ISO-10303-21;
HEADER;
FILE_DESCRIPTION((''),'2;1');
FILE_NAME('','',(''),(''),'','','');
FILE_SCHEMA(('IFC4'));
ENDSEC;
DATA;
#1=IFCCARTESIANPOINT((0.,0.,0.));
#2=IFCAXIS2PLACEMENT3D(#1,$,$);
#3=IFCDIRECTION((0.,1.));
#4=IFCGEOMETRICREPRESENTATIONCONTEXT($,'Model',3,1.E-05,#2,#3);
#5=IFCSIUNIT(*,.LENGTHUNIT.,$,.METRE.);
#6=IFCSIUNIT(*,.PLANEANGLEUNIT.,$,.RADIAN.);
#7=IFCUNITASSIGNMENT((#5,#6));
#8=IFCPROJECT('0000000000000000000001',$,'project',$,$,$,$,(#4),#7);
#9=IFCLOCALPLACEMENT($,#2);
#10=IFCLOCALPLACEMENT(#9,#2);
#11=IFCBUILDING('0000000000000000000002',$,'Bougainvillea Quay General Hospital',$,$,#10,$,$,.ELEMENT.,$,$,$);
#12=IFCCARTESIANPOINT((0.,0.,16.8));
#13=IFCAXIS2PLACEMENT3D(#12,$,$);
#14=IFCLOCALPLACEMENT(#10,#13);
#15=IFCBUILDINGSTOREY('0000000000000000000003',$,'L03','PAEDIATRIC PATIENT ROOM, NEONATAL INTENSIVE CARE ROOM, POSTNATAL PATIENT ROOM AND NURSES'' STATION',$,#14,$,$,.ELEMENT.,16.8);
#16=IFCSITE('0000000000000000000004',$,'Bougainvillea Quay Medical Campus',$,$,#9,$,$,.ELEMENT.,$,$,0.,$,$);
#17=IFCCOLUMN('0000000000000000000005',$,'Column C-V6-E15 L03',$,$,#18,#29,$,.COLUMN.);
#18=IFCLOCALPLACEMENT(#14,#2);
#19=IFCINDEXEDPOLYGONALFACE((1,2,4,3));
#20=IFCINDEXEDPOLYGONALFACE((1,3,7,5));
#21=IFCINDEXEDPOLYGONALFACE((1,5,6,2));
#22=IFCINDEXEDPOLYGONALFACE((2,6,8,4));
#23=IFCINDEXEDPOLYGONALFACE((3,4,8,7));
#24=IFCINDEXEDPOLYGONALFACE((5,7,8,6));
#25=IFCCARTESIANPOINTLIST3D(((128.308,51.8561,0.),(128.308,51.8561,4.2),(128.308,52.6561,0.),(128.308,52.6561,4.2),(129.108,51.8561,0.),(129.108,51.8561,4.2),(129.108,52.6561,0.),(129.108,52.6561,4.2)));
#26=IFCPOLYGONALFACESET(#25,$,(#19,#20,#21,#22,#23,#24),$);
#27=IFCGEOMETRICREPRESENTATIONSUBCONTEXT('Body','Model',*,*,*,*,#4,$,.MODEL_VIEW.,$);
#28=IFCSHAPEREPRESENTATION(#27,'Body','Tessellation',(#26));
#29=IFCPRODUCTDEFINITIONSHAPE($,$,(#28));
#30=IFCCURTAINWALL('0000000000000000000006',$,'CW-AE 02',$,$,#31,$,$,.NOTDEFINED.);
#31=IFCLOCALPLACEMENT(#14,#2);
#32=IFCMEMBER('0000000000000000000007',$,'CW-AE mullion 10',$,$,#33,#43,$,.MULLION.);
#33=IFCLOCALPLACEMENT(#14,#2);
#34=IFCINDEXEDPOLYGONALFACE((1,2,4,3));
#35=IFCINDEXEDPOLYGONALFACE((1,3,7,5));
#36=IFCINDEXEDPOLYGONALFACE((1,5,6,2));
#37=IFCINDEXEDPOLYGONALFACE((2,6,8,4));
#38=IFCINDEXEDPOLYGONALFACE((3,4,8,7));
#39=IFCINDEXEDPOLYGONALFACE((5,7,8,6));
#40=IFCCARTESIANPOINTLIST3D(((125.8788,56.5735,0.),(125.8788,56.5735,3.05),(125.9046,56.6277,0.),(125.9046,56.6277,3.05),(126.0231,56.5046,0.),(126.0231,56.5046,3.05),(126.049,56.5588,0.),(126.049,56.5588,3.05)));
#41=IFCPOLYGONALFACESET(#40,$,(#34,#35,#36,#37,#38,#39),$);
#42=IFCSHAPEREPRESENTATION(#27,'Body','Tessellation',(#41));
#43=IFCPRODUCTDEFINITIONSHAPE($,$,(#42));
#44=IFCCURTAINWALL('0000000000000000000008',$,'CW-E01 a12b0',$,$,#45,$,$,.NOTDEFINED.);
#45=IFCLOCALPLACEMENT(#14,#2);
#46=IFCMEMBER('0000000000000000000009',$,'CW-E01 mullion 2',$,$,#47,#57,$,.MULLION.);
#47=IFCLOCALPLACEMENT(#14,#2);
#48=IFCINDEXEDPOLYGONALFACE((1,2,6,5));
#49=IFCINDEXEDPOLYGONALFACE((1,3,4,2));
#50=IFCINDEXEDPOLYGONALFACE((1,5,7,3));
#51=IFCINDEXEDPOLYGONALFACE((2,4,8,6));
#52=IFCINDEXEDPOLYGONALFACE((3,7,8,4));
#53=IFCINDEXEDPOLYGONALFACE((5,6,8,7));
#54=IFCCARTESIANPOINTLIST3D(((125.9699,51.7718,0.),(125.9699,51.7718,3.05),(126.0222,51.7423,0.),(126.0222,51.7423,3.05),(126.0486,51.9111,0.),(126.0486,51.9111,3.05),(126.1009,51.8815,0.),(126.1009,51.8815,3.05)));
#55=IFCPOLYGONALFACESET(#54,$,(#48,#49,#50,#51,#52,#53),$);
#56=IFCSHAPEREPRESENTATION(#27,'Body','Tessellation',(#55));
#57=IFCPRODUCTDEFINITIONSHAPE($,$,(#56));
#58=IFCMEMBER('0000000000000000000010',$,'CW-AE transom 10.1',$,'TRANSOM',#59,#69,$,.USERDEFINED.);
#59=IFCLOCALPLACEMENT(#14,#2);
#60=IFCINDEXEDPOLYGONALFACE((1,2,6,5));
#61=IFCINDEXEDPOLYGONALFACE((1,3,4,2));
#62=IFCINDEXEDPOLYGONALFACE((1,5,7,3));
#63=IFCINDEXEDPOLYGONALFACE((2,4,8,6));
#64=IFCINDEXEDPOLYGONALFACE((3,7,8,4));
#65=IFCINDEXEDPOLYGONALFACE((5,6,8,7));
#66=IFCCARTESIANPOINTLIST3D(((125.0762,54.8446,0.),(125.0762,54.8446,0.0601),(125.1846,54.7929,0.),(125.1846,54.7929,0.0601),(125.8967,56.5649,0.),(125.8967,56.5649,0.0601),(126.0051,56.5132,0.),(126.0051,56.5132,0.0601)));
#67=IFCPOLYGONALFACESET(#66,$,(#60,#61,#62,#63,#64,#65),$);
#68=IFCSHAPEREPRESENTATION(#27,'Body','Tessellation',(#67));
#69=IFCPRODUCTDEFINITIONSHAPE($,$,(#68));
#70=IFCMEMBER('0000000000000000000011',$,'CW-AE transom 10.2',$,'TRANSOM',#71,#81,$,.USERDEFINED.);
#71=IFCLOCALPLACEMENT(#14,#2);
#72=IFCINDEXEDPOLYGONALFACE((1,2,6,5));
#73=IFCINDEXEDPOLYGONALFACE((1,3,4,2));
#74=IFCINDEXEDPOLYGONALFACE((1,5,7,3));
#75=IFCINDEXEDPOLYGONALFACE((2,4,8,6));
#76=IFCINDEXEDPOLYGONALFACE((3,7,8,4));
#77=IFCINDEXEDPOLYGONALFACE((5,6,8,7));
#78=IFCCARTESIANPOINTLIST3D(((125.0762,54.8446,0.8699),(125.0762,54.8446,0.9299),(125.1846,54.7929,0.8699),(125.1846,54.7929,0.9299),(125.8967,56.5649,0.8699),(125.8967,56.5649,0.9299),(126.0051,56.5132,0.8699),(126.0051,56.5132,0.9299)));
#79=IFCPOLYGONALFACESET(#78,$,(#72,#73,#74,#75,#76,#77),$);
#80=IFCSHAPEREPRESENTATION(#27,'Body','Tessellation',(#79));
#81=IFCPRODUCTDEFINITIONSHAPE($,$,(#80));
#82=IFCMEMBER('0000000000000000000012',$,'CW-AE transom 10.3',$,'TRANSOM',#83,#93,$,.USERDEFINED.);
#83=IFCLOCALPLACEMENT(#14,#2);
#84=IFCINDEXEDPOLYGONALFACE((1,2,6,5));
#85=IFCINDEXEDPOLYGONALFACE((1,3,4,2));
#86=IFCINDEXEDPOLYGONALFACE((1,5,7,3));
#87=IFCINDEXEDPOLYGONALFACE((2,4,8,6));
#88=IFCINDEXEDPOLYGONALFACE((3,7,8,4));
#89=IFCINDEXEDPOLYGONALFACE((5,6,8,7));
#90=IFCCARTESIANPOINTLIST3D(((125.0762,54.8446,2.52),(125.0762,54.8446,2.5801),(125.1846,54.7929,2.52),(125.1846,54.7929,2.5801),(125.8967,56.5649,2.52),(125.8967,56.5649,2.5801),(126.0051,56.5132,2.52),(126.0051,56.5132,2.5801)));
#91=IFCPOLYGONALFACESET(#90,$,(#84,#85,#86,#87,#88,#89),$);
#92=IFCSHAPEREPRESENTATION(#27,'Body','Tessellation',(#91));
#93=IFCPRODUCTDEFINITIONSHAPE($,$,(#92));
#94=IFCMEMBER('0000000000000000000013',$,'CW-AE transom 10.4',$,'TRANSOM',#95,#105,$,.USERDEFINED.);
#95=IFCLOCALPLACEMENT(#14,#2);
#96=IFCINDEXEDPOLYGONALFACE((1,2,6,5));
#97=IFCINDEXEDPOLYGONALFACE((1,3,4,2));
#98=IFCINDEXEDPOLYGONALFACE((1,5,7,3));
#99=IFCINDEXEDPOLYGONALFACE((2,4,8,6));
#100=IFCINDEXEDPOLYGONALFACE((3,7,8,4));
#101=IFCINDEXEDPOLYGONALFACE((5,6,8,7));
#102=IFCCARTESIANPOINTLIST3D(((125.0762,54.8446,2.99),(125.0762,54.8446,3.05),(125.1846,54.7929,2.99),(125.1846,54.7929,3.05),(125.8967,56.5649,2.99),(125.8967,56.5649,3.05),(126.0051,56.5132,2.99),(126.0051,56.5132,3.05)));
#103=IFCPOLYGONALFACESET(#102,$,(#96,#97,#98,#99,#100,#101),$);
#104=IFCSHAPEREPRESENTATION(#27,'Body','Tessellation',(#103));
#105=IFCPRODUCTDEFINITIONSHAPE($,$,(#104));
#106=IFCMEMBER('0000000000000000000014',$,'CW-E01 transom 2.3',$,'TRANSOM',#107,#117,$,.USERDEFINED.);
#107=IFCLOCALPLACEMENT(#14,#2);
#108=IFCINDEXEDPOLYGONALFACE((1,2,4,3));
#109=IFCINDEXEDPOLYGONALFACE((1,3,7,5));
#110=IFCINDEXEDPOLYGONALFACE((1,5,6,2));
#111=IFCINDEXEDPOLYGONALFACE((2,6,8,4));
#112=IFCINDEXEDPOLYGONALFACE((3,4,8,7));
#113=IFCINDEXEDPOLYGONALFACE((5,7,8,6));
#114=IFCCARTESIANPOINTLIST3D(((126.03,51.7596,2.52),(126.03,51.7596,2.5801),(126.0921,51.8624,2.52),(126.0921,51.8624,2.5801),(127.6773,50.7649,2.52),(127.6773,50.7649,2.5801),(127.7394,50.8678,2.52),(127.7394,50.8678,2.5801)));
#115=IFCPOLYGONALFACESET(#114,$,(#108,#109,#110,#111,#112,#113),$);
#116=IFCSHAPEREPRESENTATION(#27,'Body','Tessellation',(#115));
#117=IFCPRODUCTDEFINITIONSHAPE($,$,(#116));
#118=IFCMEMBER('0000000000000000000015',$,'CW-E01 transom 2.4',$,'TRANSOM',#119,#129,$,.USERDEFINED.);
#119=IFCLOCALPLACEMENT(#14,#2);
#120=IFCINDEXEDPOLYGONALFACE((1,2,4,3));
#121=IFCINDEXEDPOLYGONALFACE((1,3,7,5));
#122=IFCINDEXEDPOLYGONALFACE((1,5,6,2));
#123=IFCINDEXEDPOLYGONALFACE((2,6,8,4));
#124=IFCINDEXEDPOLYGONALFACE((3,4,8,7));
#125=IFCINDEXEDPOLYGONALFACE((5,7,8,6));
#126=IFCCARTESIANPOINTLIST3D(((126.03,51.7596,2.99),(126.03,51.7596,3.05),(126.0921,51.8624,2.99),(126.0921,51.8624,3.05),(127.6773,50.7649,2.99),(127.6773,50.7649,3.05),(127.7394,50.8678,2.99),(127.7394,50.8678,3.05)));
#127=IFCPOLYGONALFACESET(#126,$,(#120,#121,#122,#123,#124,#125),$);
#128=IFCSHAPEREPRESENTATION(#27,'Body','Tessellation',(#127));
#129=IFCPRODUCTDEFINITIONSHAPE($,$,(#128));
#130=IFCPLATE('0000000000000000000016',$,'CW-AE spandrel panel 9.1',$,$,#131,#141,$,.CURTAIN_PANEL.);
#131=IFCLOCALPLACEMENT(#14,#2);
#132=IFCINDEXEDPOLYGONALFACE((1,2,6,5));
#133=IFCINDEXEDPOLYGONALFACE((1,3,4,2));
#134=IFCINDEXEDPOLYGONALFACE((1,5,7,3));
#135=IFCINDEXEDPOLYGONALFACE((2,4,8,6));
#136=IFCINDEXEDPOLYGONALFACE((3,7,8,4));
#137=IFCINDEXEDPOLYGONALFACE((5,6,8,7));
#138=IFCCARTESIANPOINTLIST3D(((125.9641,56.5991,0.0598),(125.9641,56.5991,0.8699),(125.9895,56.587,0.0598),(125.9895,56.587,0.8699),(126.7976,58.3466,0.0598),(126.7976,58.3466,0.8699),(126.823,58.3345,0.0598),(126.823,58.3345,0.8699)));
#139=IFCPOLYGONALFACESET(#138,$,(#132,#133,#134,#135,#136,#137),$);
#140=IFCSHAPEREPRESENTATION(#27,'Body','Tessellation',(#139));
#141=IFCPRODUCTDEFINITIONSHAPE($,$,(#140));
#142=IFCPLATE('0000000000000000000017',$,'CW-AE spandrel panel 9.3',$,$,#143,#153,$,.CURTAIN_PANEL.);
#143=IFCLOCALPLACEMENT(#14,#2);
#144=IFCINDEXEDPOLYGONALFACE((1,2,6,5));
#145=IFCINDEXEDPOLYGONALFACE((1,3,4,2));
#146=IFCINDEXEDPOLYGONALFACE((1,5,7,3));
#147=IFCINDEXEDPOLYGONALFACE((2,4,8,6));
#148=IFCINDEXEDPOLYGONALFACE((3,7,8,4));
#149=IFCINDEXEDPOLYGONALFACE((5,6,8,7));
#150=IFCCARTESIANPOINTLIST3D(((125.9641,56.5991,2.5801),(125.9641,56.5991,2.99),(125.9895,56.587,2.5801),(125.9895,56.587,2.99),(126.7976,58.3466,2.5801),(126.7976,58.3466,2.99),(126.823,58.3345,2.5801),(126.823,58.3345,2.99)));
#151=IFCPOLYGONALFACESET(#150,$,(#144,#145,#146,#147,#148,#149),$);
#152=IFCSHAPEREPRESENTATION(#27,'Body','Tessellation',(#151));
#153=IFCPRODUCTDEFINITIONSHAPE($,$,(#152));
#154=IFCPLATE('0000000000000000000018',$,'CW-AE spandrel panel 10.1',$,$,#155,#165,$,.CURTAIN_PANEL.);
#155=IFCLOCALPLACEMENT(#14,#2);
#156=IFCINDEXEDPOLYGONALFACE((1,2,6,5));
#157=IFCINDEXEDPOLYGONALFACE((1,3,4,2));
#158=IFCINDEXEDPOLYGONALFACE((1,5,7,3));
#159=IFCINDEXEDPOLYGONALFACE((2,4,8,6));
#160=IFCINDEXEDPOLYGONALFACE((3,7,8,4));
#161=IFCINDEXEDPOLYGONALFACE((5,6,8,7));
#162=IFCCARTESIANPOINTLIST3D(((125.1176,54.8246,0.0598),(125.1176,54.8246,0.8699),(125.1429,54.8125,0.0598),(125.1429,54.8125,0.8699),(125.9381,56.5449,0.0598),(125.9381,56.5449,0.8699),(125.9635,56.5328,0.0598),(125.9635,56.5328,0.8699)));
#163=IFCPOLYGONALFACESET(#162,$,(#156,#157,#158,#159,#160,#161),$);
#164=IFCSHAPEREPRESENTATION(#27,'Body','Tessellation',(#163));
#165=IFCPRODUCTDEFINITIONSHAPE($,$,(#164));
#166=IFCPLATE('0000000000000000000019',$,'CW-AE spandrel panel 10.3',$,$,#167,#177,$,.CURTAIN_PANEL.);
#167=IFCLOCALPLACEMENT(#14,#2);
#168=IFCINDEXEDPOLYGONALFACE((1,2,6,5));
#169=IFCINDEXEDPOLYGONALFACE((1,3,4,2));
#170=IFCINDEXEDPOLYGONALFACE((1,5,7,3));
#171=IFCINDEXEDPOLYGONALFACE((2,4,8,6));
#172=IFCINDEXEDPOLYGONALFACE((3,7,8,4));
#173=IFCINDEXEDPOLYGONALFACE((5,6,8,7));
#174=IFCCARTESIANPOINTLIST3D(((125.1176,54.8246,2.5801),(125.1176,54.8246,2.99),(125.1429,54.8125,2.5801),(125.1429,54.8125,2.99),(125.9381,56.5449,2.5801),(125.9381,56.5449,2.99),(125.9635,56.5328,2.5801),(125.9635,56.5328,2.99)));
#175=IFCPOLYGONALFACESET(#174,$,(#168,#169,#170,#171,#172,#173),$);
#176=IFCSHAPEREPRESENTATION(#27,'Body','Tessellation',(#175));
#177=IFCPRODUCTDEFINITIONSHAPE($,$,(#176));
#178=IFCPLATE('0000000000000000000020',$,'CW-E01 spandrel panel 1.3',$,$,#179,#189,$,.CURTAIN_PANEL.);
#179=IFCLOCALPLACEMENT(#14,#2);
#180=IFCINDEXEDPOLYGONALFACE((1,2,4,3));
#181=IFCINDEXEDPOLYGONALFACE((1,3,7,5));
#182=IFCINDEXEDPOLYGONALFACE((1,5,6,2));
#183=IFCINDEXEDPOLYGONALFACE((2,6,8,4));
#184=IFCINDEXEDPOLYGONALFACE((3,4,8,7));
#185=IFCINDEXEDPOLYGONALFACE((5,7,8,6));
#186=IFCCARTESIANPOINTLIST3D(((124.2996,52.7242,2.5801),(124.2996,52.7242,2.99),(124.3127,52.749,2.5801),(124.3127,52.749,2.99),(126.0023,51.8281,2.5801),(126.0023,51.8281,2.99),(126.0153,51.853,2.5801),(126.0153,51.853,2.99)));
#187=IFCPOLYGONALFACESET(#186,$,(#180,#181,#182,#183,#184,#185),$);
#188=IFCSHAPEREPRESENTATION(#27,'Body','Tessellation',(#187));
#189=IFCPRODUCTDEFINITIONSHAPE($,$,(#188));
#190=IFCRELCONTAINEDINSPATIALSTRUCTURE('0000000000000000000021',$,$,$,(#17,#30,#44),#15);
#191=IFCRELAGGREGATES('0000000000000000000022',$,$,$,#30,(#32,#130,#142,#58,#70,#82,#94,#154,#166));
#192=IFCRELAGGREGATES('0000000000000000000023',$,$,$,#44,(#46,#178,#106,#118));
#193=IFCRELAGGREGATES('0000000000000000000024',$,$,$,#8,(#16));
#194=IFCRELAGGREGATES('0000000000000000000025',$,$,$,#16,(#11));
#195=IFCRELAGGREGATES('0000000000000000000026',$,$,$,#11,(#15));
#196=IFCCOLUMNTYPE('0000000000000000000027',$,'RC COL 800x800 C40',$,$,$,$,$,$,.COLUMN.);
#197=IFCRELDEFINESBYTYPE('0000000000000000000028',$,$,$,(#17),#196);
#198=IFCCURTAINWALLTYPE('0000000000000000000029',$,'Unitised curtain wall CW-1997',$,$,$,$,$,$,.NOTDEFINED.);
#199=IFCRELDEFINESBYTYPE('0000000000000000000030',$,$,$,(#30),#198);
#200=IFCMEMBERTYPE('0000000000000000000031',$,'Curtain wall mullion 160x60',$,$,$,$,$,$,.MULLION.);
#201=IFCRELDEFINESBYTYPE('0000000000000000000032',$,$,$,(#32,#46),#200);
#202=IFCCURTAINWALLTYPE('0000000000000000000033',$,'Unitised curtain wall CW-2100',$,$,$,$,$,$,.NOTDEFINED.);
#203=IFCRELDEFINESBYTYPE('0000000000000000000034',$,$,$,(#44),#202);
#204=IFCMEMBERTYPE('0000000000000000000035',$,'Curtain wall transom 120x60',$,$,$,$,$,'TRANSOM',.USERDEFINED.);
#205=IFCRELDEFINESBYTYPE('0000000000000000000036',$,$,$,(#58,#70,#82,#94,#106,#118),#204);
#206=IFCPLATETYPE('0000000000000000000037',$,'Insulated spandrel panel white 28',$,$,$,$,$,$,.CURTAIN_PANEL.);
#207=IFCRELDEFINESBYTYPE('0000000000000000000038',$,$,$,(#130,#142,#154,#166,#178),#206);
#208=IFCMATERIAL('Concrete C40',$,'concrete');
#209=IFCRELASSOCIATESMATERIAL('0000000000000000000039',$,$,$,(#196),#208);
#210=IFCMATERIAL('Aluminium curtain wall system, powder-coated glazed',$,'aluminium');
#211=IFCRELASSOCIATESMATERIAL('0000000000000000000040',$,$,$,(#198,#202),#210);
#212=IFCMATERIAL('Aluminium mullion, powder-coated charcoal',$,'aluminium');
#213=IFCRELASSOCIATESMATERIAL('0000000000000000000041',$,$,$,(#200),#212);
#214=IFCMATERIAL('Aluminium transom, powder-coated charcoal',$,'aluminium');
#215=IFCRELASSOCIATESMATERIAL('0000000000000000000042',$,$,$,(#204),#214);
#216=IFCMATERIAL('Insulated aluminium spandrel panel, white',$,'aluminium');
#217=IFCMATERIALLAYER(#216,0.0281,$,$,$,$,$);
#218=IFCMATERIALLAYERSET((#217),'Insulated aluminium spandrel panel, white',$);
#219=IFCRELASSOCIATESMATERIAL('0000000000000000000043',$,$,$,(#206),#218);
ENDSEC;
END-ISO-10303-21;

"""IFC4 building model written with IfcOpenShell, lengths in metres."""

from ifc_helpers import new_model, si_unit, direction, frame, origin, origin_2d, place, context, subcontext, project, spatial, rectangle, extrude, material, layer, layer_set, material_profile, profile_set, type_object, element, aggregate, save


model = new_model("IFC4")

# Units and contexts
model_context = context("Model", 3, precision=1e-05, world=origin(), true_north=direction((0.0, 1.0)))
body_context = subcontext(model_context, "Body", "Model", "MODEL_VIEW")
ifc_project = project(units=[si_unit("LENGTHUNIT", "METRE"), si_unit("PLANEANGLEUNIT", "RADIAN")], contexts=[model_context])

# Site, building, storey
site_placement = place(None, origin())
site = spatial("IfcSite", under=ifc_project, at=site_placement, Name="Bougainvillea Quay Medical Campus", CompositionType="ELEMENT", RefElevation=0.0)
building_placement = place(site_placement, origin())
building = spatial("IfcBuilding", under=site, at=building_placement, Name="Bougainvillea Quay General Hospital", CompositionType="ELEMENT")
storey_placement = place(building_placement, frame((0.0, 0.0, 16.8)))
storey = spatial("IfcBuildingStorey", under=building, at=storey_placement, Name="L03", Description="PAEDIATRIC PATIENT ROOM, NEONATAL INTENSIVE CARE ROOM, POSTNATAL PATIENT ROOM AND NURSES' STATION", CompositionType="ELEMENT", Elevation=16.8)

# Column
ifc_material_1 = material(Name="Concrete C40", Category="concrete")
ifc_material_profile_1 = material_profile(ifc_material_1, rectangle(XDim=0.8, YDim=0.8, at=origin_2d()))
ifc_profile_set_1 = profile_set([ifc_material_profile_1], Name="Concrete C40")
column_type = type_object("IfcColumnType", Name="RC COL 800x800 C40", PredefinedType="COLUMN", material=ifc_profile_set_1)
column_placement = place(storey_placement, frame((128.708, 52.2561, 0.0), z_axis=(0.0, 0.0, 1.0), x_axis=(1.0, 0.0, 0.0)))
element("IfcColumn", 1, at=column_placement, inside=storey, type_object=column_type, Name="Column C-V6-E15 L03", PredefinedType="COLUMN", context=body_context, shape_type="SweptSolid", body=[
    extrude(rectangle(XDim=0.8, YDim=0.8, at=origin_2d()), origin(), (0.0, 0.0, 1.0), 4.2),
])

# Curtain walls, members
ifc_material_2 = material(Name="Aluminium curtain wall system, powder-coated glazed", Category="aluminium")
curtain_wall_type_1 = type_object("IfcCurtainWallType", Name="Unitised curtain wall CW-1997", PredefinedType="NOTDEFINED", material=ifc_material_2)
curtain_wall_1_placement = place(storey_placement, origin())
curtain_wall_1 = element("IfcCurtainWall", 2, at=curtain_wall_1_placement, inside=storey, type_object=curtain_wall_type_1, Name="CW-AE 02", PredefinedType="NOTDEFINED")
ifc_material_3 = material(Name="Aluminium mullion, powder-coated charcoal", Category="aluminium")
ifc_material_profile_2 = material_profile(ifc_material_3, rectangle(XDim=0.1599, YDim=0.0601, at=origin_2d()))
ifc_profile_set_2 = profile_set([ifc_material_profile_2], Name="Aluminium mullion, powder-coated charcoal")
member_type_1 = type_object("IfcMemberType", Name="Curtain wall mullion 160x60", PredefinedType="MULLION", material=ifc_profile_set_2)
member_1_placement = place(storey_placement, frame((125.9639, 56.5662, 0.0), z_axis=(0.0, 0.0, 1.0), x_axis=(0.902578, -0.430525, 0.0)))
member_1 = element("IfcMember", 3, at=member_1_placement, type_object=member_type_1, Name="CW-AE mullion 10", PredefinedType="MULLION", context=body_context, shape_type="SweptSolid", body=[
    extrude(rectangle(XDim=0.1599, YDim=0.0601, at=origin_2d()), origin(), (0.0, 0.0, 1.0), 3.05),
])
curtain_wall_type_2 = type_object("IfcCurtainWallType", Name="Unitised curtain wall CW-2100", PredefinedType="NOTDEFINED", material=ifc_material_2)
curtain_wall_2_placement = place(storey_placement, origin())
curtain_wall_2 = element("IfcCurtainWall", 4, at=curtain_wall_2_placement, inside=storey, type_object=curtain_wall_type_2, Name="CW-E01 a12b0", PredefinedType="NOTDEFINED")
member_2_placement = place(storey_placement, frame((126.0354, 51.8267, 0.0), z_axis=(0.0, 0.0, 1.0), x_axis=(0.491545, 0.870852, 0.0)))
member_2 = element("IfcMember", 5, at=member_2_placement, type_object=member_type_1, Name="CW-E01 mullion 2", PredefinedType="MULLION", context=body_context, shape_type="SweptSolid", body=[
    extrude(rectangle(XDim=0.1599, YDim=0.0601, at=origin_2d()), origin(), (0.0, 0.0, 1.0), 3.05),
])

# Members
ifc_material_4 = material(Name="Aluminium transom, powder-coated charcoal", Category="aluminium")
ifc_material_profile_3 = material_profile(ifc_material_4, rectangle(XDim=0.1201, YDim=0.0601, at=origin_2d()))
ifc_profile_set_3 = profile_set([ifc_material_profile_3], Name="Aluminium transom, powder-coated charcoal")
member_type_2 = type_object("IfcMemberType", Name="Curtain wall transom 120x60", ElementType="TRANSOM", PredefinedType="USERDEFINED", material=ifc_profile_set_3)
member_3_placement = place(storey_placement, frame((125.9509, 56.5391, 0.03), z_axis=(-0.430485, -0.902598, 0.0), x_axis=(0.902598, -0.430485, 0.0)))
member_3 = element("IfcMember", 6, at=member_3_placement, type_object=member_type_2, Name="CW-AE transom 10.1", ObjectType="TRANSOM", PredefinedType="USERDEFINED", context=body_context, shape_type="SweptSolid", body=[
    extrude(rectangle(XDim=0.1201, YDim=0.0601, at=origin_2d()), origin(), (0.0, 0.0, 1.0), 1.906),
])
member_4_placement = place(storey_placement, frame((125.9509, 56.5391, 0.8999), z_axis=(-0.430485, -0.902598, 0.0), x_axis=(0.902598, -0.430485, 0.0)))
member_4 = element("IfcMember", 7, at=member_4_placement, type_object=member_type_2, Name="CW-AE transom 10.2", ObjectType="TRANSOM", PredefinedType="USERDEFINED", context=body_context, shape_type="SweptSolid", body=[
    extrude(rectangle(XDim=0.1201, YDim=0.0601, at=origin_2d()), origin(), (0.0, 0.0, 1.0), 1.906),
])
member_5_placement = place(storey_placement, frame((125.9509, 56.5391, 2.55), z_axis=(-0.430485, -0.902598, 0.0), x_axis=(0.902598, -0.430485, 0.0)))
member_5 = element("IfcMember", 8, at=member_5_placement, type_object=member_type_2, Name="CW-AE transom 10.3", ObjectType="TRANSOM", PredefinedType="USERDEFINED", context=body_context, shape_type="SweptSolid", body=[
    extrude(rectangle(XDim=0.1201, YDim=0.0601, at=origin_2d()), origin(), (0.0, 0.0, 1.0), 1.906),
])
member_6_placement = place(storey_placement, frame((125.9509, 56.5391, 3.02), z_axis=(-0.430485, -0.902598, 0.0), x_axis=(0.902598, -0.430485, 0.0)))
member_6 = element("IfcMember", 9, at=member_6_placement, type_object=member_type_2, Name="CW-AE transom 10.4", ObjectType="TRANSOM", PredefinedType="USERDEFINED", context=body_context, shape_type="SweptSolid", body=[
    extrude(rectangle(XDim=0.1201, YDim=0.0601, at=origin_2d()), origin(), (0.0, 0.0, 1.0), 1.906),
])
member_7_placement = place(storey_placement, frame((126.061, 51.811, 2.55), z_axis=(0.856045, -0.516901, 0.0), x_axis=(0.516901, 0.856045, 0.0)))
member_7 = element("IfcMember", 10, at=member_7_placement, type_object=member_type_2, Name="CW-E01 transom 2.3", ObjectType="TRANSOM", PredefinedType="USERDEFINED", context=body_context, shape_type="SweptSolid", body=[
    extrude(rectangle(XDim=0.1201, YDim=0.0601, at=origin_2d()), origin(), (0.0, 0.0, 1.0), 1.9243),
])
member_8_placement = place(storey_placement, frame((126.061, 51.811, 3.02), z_axis=(0.856045, -0.516901, 0.0), x_axis=(0.516901, 0.856045, 0.0)))
member_8 = element("IfcMember", 11, at=member_8_placement, type_object=member_type_2, Name="CW-E01 transom 2.4", ObjectType="TRANSOM", PredefinedType="USERDEFINED", context=body_context, shape_type="SweptSolid", body=[
    extrude(rectangle(XDim=0.1201, YDim=0.0601, at=origin_2d()), origin(), (0.0, 0.0, 1.0), 1.9243),
])

# Plates
ifc_material_5 = material(Name="Insulated aluminium spandrel panel, white", Category="aluminium")
ifc_layer_1 = layer(ifc_material_5, 0.0281)
ifc_layer_set_1 = layer_set([ifc_layer_1], Name="Insulated aluminium spandrel panel, white")
plate_type_1 = type_object("IfcPlateType", Name="Insulated spandrel panel white 28", PredefinedType="CURTAIN_PANEL", material=ifc_layer_set_1)
plate_1_placement = place(storey_placement, frame((126.3936, 57.4668, 0.0598), z_axis=(0.0, 0.0, 1.0), x_axis=(-0.430525, -0.902578, 0.0)))
plate_1 = element("IfcPlate", 12, at=plate_1_placement, type_object=plate_type_1, Name="CW-AE spandrel panel 9.1", PredefinedType="CURTAIN_PANEL", context=body_context, shape_type="SweptSolid", body=[
    extrude(rectangle(XDim=1.936, YDim=0.0281, at=origin_2d()), origin(), (0.0, 0.0, 1.0), 0.8101),
])
plate_2_placement = place(storey_placement, frame((126.3936, 57.4668, 2.5801), z_axis=(0.0, 0.0, 1.0), x_axis=(-0.430525, -0.902578, 0.0)))
plate_2 = element("IfcPlate", 13, at=plate_2_placement, type_object=plate_type_1, Name="CW-AE spandrel panel 9.3", PredefinedType="CURTAIN_PANEL", context=body_context, shape_type="SweptSolid", body=[
    extrude(rectangle(XDim=1.936, YDim=0.0281, at=origin_2d()), origin(), (0.0, 0.0, 1.0), 0.4099),
])
plate_3_placement = place(storey_placement, frame((125.5405, 55.6787, 0.0598), z_axis=(0.0, 0.0, 1.0), x_axis=(-0.430525, -0.902578, 0.0)))
plate_3 = element("IfcPlate", 14, at=plate_3_placement, type_object=plate_type_1, Name="CW-AE spandrel panel 10.1", PredefinedType="CURTAIN_PANEL", context=body_context, shape_type="SweptSolid", body=[
    extrude(rectangle(XDim=1.906, YDim=0.0281, at=origin_2d()), origin(), (0.0, 0.0, 1.0), 0.8101),
])
plate_4_placement = place(storey_placement, frame((125.5405, 55.6787, 2.5801), z_axis=(0.0, 0.0, 1.0), x_axis=(-0.430525, -0.902578, 0.0)))
plate_4 = element("IfcPlate", 15, at=plate_4_placement, type_object=plate_type_1, Name="CW-AE spandrel panel 10.3", PredefinedType="CURTAIN_PANEL", context=body_context, shape_type="SweptSolid", body=[
    extrude(rectangle(XDim=1.906, YDim=0.0281, at=origin_2d()), origin(), (0.0, 0.0, 1.0), 0.4099),
])
plate_5_placement = place(storey_placement, frame((125.1575, 52.2886, 2.5801), z_axis=(0.0, 0.0, 1.0), x_axis=(0.884929, -0.465726, 0.0)))
plate_5 = element("IfcPlate", 16, at=plate_5_placement, type_object=plate_type_1, Name="CW-E01 spandrel panel 1.3", PredefinedType="CURTAIN_PANEL", context=body_context, shape_type="SweptSolid", body=[
    extrude(rectangle(XDim=1.9241, YDim=0.0281, at=origin_2d()), origin(), (0.0, 0.0, 1.0), 0.4099),
])
aggregate(curtain_wall_1, [member_1, plate_1, plate_2, member_3, member_4, member_5, member_6, plate_3, plate_4])
aggregate(curtain_wall_2, [member_2, plate_5, member_7, member_8])

save(model, "model.ifc")
